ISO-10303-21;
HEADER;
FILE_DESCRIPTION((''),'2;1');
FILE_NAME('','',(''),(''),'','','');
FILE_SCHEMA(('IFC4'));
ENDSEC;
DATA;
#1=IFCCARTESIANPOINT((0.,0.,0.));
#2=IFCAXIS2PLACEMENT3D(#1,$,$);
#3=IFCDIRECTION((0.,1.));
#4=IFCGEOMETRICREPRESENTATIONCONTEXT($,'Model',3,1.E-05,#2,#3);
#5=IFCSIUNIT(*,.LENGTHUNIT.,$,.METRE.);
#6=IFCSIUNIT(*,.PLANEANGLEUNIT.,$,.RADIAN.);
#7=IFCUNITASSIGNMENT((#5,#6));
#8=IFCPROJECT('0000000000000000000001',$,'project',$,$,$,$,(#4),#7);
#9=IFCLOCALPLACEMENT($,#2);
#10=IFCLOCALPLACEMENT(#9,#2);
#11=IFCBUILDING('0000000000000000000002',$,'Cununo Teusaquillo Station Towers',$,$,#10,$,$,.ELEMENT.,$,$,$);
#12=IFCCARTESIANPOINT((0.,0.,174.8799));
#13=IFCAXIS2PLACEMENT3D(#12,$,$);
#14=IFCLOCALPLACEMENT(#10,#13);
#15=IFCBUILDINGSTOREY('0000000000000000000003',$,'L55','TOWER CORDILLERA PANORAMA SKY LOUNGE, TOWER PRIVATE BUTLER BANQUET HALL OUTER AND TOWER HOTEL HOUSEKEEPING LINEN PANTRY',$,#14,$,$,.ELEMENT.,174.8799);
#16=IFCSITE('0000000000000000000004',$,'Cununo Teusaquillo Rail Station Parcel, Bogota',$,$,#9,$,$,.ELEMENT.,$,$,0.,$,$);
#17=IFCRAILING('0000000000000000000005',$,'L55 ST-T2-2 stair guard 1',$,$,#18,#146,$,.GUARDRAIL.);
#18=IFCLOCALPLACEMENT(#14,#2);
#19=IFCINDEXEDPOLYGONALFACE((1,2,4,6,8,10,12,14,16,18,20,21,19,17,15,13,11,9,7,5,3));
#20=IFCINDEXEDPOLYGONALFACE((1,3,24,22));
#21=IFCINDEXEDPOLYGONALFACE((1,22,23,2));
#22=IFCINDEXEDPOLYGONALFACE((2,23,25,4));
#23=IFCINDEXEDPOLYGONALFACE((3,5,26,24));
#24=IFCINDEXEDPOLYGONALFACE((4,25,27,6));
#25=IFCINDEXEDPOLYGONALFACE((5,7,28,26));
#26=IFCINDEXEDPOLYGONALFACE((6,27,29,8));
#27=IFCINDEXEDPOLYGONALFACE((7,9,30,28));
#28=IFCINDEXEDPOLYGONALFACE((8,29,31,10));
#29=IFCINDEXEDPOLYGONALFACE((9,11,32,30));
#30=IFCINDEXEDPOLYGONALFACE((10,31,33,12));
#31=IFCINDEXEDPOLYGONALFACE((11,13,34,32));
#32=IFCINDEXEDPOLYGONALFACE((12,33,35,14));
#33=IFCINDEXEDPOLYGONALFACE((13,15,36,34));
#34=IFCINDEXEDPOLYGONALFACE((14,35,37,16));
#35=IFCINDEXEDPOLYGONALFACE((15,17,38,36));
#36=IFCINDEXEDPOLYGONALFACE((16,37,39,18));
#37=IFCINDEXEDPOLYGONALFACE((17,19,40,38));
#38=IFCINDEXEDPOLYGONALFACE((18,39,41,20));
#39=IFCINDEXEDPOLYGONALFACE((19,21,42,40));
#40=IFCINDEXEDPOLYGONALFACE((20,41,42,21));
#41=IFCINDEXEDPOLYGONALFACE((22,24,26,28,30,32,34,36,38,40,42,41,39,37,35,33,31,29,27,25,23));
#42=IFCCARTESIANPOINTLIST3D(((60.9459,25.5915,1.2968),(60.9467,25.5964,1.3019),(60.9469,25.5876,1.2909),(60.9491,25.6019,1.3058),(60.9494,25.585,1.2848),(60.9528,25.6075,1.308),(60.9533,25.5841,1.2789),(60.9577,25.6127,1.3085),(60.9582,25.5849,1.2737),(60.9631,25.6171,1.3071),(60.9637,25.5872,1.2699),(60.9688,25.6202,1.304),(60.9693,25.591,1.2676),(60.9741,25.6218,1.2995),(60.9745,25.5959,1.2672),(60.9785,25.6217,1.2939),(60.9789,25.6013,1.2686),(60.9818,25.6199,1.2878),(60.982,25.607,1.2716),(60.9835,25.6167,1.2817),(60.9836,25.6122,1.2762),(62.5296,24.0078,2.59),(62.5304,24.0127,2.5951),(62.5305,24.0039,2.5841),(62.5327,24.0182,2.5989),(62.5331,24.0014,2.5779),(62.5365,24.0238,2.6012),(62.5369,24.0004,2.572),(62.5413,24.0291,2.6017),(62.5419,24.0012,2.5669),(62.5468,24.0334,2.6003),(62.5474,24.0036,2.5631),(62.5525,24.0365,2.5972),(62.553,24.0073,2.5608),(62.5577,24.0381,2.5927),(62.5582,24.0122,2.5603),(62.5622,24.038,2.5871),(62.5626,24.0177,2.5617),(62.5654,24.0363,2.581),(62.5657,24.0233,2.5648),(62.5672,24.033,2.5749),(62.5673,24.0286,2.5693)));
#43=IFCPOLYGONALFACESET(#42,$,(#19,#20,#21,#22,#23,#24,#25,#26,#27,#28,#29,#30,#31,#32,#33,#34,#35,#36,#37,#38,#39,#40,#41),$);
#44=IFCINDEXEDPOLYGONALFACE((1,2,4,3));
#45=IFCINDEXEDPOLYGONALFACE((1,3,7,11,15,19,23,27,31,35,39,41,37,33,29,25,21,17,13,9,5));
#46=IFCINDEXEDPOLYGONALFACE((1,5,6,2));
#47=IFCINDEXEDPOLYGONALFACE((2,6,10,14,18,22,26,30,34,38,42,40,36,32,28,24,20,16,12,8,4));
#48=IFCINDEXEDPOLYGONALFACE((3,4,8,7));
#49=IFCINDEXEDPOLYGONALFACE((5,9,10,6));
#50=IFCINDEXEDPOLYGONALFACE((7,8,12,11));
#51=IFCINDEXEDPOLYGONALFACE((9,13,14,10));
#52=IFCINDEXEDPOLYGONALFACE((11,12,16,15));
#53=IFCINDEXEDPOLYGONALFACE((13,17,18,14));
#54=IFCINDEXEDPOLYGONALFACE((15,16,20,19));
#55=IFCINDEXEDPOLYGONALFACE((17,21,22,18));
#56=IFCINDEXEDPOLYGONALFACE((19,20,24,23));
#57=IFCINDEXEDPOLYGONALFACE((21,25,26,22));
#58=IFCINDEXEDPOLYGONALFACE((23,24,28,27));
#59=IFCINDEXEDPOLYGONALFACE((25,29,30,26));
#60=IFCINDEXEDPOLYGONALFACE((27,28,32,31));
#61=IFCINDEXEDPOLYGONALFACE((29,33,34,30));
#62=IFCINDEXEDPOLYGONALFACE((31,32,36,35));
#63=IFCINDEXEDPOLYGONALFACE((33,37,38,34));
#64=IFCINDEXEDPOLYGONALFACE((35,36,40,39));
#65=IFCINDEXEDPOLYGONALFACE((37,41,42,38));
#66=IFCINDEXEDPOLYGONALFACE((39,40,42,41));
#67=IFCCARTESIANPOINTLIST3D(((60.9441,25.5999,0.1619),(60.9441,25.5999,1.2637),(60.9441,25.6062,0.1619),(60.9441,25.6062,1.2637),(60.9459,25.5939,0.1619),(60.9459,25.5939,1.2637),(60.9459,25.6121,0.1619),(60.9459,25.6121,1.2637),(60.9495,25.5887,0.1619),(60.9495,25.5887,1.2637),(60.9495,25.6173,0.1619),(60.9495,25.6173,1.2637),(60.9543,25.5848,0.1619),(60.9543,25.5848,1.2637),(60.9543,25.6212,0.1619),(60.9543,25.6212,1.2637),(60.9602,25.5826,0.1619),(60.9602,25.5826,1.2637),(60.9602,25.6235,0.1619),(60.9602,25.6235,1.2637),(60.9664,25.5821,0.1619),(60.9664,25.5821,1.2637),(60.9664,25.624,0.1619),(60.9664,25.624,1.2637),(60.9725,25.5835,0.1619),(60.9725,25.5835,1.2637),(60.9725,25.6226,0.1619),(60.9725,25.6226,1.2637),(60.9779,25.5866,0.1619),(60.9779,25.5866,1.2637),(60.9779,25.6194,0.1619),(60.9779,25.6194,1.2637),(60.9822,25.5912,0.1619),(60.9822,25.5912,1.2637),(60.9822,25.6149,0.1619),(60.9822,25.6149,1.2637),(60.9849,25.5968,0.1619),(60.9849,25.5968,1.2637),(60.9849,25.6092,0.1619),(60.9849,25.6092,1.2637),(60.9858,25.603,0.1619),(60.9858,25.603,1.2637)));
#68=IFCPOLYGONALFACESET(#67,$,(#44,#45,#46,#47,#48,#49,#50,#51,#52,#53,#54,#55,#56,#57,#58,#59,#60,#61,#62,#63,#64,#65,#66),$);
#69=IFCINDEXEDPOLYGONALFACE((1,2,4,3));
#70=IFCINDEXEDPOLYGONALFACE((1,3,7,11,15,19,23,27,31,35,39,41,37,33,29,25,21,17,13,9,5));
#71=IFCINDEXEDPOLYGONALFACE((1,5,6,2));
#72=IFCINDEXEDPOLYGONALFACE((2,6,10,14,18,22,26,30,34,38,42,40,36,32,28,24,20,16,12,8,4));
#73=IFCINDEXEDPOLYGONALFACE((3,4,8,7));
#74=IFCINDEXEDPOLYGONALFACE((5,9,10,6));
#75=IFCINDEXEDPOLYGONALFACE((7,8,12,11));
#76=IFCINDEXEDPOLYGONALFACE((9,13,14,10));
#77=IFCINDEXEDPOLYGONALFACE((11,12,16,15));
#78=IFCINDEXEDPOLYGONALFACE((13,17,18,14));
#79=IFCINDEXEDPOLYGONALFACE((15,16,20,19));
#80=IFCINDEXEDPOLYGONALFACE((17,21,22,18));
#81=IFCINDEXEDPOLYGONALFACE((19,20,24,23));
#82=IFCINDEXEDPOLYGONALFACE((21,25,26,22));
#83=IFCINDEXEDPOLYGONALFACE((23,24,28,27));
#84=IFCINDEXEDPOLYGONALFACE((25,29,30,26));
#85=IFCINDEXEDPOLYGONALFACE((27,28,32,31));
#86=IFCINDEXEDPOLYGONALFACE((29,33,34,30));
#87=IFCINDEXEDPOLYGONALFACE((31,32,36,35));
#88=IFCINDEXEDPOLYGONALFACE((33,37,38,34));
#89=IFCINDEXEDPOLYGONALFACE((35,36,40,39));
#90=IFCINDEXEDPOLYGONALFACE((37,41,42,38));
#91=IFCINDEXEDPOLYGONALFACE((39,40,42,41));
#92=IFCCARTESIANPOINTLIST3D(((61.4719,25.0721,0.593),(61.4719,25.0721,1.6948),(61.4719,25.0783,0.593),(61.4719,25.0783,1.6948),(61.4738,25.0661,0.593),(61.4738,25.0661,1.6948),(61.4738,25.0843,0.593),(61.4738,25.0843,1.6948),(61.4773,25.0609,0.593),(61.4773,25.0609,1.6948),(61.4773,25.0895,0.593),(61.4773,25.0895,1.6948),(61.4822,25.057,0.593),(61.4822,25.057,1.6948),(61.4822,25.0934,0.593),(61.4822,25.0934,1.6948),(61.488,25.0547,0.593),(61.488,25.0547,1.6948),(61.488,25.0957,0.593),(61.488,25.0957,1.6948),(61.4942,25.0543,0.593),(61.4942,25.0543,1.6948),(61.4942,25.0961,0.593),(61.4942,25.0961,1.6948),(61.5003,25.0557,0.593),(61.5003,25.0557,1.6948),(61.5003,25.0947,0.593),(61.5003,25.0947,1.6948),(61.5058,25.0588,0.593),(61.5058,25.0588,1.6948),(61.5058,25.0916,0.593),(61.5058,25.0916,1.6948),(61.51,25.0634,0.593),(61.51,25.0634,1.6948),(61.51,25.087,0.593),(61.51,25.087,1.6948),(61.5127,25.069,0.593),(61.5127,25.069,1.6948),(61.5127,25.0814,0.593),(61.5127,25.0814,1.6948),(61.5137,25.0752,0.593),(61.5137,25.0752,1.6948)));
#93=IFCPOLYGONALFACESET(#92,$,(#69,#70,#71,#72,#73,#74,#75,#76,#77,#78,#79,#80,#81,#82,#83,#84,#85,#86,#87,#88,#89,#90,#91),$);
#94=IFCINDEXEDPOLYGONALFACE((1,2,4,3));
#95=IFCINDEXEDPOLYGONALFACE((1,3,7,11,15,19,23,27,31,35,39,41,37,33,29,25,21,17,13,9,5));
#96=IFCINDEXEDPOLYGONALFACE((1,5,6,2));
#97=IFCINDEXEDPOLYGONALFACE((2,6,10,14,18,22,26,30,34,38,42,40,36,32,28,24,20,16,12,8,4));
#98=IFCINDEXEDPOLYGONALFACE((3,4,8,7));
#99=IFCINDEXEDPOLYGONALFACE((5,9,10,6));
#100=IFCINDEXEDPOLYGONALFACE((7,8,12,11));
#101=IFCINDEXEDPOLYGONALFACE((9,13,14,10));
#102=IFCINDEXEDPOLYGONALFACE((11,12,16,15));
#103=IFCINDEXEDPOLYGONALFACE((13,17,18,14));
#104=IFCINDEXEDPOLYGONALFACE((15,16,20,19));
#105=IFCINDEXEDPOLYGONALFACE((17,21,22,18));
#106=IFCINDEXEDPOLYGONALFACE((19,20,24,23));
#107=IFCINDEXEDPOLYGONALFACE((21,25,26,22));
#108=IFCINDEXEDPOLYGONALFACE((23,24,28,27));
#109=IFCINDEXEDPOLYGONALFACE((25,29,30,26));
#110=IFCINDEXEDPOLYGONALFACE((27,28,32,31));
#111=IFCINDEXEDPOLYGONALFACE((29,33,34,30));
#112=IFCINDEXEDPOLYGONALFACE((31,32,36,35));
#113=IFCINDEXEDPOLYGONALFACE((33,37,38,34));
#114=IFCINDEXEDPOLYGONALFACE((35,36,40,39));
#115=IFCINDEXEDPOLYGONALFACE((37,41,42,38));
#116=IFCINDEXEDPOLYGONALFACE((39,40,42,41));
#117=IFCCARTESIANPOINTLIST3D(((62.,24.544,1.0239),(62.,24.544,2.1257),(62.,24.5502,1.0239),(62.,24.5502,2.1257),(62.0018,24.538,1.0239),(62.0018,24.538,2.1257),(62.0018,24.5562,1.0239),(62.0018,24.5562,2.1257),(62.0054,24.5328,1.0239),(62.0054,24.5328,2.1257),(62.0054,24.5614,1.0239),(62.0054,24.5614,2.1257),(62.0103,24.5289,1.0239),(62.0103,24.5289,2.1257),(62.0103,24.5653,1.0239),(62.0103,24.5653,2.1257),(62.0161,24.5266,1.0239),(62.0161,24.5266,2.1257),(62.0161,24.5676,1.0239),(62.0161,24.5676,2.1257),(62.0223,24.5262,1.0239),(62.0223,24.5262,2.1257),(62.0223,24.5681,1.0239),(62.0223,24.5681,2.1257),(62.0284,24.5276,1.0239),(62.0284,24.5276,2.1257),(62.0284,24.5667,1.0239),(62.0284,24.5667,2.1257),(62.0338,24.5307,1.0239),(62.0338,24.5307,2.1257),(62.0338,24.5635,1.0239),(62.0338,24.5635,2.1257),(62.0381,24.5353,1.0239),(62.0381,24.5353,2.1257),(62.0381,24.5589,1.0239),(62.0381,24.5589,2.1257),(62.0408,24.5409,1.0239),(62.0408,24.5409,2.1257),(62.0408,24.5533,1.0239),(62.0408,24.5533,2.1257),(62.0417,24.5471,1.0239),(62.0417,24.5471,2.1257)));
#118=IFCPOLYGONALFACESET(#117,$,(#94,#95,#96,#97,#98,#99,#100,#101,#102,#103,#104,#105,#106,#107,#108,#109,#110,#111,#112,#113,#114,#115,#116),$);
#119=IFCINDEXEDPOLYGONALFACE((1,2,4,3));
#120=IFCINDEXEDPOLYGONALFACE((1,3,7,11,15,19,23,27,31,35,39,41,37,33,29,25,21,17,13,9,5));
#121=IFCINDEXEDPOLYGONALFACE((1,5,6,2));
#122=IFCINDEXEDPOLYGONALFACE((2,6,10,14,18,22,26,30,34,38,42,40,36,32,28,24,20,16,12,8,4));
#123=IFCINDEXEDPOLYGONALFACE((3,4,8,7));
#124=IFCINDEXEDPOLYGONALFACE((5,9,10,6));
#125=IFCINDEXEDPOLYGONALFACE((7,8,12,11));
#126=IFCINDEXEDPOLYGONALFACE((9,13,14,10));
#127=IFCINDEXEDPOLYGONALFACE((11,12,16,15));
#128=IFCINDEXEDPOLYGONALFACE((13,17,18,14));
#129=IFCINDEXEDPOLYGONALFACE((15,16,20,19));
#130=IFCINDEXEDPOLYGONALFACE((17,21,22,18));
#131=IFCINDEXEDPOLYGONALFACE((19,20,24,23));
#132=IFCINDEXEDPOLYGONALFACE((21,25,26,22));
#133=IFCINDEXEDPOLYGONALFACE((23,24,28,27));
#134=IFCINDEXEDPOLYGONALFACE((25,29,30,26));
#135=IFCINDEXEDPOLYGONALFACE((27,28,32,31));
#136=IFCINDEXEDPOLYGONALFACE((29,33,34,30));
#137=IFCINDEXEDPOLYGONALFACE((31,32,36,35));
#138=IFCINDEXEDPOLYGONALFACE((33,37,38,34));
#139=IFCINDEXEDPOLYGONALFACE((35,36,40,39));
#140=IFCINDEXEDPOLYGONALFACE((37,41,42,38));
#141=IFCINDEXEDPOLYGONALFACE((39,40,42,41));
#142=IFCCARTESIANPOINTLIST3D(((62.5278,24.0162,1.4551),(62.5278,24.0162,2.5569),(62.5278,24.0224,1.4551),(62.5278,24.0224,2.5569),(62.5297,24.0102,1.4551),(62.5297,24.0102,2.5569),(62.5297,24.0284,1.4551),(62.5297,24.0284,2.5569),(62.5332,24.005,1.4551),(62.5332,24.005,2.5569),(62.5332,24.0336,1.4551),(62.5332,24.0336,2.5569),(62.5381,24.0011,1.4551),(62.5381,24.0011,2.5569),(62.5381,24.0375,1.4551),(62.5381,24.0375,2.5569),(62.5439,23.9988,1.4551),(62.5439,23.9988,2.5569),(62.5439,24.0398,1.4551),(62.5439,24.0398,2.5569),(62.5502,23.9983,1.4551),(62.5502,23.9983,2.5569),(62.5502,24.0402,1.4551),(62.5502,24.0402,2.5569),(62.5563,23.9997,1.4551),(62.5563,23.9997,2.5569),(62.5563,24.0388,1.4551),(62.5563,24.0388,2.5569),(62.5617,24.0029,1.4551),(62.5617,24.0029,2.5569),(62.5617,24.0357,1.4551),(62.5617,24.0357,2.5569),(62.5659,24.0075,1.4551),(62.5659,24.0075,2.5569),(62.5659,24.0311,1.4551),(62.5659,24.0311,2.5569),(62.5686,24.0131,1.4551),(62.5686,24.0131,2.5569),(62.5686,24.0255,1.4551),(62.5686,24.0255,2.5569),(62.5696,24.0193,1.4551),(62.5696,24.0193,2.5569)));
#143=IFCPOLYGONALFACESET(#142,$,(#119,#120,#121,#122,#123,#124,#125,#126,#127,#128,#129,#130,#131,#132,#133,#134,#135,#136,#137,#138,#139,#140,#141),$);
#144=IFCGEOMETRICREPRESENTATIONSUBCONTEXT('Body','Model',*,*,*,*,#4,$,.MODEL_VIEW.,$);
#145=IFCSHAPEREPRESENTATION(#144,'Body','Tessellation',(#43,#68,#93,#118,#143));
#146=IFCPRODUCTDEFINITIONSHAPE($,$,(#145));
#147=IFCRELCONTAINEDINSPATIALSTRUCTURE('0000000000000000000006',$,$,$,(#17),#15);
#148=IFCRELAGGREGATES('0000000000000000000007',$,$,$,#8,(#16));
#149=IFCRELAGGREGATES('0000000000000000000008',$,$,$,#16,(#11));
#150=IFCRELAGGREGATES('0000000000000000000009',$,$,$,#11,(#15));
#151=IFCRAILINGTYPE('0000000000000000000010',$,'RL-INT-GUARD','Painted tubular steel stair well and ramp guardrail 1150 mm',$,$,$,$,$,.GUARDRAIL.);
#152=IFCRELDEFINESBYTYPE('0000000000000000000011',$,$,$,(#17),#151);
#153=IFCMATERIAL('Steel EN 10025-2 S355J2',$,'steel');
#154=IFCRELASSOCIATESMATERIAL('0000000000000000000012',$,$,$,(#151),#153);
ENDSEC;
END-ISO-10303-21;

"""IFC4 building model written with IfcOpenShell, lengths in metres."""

from ifc_helpers import new_model, si_unit, direction, frame, origin, origin_2d, place, context, subcontext, project, spatial, circle, extrude, material, type_object, element, save


model = new_model("IFC4")

# Units and contexts
model_context = context("Model", 3, precision=1e-05, world=origin(), true_north=direction((0.0, 1.0)))
body_context = subcontext(model_context, "Body", "Model", "MODEL_VIEW")
ifc_project = project(units=[si_unit("LENGTHUNIT", "METRE"), si_unit("PLANEANGLEUNIT", "RADIAN")], contexts=[model_context])

# Site, building, storey
site_placement = place(None, origin())
site = spatial("IfcSite", under=ifc_project, at=site_placement, Name="Cununo Teusaquillo Rail Station Parcel, Bogota", CompositionType="ELEMENT", RefElevation=0.0)
building_placement = place(site_placement, origin())
building = spatial("IfcBuilding", under=site, at=building_placement, Name="Cununo Teusaquillo Station Towers", CompositionType="ELEMENT")
storey_placement = place(building_placement, frame((0.0, 0.0, 174.8799)))
storey = spatial("IfcBuildingStorey", under=building, at=storey_placement, Name="L55", Description="TOWER CORDILLERA PANORAMA SKY LOUNGE, TOWER PRIVATE BUTLER BANQUET HALL OUTER AND TOWER HOTEL HOUSEKEEPING LINEN PANTRY", CompositionType="ELEMENT", Elevation=174.8799)

# Railing
ifc_material_1 = material(Name="Steel EN 10025-2 S355J2", Category="steel")
railing_type_1 = type_object("IfcRailingType", Name="RL-INT-GUARD", Description="Painted tubular steel stair well and ramp guardrail 1150 mm", PredefinedType="GUARDRAIL", material=ifc_material_1)
railing_1_placement = place(storey_placement, frame((60.9648, 25.603, 0.1619)))
element("IfcRailing", 1, at=railing_1_placement, inside=storey, type_object=railing_type_1, Name="L55 ST-T2-2 stair guard 1", PredefinedType="GUARDRAIL", context=body_context, shape_type="SweptSolid", body=[
    extrude(circle(Radius=0.0239, at=origin_2d()), frame((0.0, 0.0, 1.126), z_axis=(0.612361, -0.612361, 0.500027), x_axis=(0.707107, 0.707107, 0.0)), (0.0, 0.0, 1.0), 2.5862),
    extrude(circle(Radius=0.021, at=origin_2d()), origin(), (0.0, 0.0, 1.0), 1.1018),
    extrude(circle(Radius=0.021, at=origin_2d()), frame((0.5278, -0.5278, 0.4312)), (0.0, 0.0, 1.0), 1.1018),
    extrude(circle(Radius=0.021, at=origin_2d()), frame((1.0559, -1.0559, 0.8621)), (0.0, 0.0, 1.0), 1.1018),
    extrude(circle(Radius=0.021, at=origin_2d()), frame((1.5837, -1.5837, 1.2932)), (0.0, 0.0, 1.0), 1.1018),
])

save(model, "model.ifc")
